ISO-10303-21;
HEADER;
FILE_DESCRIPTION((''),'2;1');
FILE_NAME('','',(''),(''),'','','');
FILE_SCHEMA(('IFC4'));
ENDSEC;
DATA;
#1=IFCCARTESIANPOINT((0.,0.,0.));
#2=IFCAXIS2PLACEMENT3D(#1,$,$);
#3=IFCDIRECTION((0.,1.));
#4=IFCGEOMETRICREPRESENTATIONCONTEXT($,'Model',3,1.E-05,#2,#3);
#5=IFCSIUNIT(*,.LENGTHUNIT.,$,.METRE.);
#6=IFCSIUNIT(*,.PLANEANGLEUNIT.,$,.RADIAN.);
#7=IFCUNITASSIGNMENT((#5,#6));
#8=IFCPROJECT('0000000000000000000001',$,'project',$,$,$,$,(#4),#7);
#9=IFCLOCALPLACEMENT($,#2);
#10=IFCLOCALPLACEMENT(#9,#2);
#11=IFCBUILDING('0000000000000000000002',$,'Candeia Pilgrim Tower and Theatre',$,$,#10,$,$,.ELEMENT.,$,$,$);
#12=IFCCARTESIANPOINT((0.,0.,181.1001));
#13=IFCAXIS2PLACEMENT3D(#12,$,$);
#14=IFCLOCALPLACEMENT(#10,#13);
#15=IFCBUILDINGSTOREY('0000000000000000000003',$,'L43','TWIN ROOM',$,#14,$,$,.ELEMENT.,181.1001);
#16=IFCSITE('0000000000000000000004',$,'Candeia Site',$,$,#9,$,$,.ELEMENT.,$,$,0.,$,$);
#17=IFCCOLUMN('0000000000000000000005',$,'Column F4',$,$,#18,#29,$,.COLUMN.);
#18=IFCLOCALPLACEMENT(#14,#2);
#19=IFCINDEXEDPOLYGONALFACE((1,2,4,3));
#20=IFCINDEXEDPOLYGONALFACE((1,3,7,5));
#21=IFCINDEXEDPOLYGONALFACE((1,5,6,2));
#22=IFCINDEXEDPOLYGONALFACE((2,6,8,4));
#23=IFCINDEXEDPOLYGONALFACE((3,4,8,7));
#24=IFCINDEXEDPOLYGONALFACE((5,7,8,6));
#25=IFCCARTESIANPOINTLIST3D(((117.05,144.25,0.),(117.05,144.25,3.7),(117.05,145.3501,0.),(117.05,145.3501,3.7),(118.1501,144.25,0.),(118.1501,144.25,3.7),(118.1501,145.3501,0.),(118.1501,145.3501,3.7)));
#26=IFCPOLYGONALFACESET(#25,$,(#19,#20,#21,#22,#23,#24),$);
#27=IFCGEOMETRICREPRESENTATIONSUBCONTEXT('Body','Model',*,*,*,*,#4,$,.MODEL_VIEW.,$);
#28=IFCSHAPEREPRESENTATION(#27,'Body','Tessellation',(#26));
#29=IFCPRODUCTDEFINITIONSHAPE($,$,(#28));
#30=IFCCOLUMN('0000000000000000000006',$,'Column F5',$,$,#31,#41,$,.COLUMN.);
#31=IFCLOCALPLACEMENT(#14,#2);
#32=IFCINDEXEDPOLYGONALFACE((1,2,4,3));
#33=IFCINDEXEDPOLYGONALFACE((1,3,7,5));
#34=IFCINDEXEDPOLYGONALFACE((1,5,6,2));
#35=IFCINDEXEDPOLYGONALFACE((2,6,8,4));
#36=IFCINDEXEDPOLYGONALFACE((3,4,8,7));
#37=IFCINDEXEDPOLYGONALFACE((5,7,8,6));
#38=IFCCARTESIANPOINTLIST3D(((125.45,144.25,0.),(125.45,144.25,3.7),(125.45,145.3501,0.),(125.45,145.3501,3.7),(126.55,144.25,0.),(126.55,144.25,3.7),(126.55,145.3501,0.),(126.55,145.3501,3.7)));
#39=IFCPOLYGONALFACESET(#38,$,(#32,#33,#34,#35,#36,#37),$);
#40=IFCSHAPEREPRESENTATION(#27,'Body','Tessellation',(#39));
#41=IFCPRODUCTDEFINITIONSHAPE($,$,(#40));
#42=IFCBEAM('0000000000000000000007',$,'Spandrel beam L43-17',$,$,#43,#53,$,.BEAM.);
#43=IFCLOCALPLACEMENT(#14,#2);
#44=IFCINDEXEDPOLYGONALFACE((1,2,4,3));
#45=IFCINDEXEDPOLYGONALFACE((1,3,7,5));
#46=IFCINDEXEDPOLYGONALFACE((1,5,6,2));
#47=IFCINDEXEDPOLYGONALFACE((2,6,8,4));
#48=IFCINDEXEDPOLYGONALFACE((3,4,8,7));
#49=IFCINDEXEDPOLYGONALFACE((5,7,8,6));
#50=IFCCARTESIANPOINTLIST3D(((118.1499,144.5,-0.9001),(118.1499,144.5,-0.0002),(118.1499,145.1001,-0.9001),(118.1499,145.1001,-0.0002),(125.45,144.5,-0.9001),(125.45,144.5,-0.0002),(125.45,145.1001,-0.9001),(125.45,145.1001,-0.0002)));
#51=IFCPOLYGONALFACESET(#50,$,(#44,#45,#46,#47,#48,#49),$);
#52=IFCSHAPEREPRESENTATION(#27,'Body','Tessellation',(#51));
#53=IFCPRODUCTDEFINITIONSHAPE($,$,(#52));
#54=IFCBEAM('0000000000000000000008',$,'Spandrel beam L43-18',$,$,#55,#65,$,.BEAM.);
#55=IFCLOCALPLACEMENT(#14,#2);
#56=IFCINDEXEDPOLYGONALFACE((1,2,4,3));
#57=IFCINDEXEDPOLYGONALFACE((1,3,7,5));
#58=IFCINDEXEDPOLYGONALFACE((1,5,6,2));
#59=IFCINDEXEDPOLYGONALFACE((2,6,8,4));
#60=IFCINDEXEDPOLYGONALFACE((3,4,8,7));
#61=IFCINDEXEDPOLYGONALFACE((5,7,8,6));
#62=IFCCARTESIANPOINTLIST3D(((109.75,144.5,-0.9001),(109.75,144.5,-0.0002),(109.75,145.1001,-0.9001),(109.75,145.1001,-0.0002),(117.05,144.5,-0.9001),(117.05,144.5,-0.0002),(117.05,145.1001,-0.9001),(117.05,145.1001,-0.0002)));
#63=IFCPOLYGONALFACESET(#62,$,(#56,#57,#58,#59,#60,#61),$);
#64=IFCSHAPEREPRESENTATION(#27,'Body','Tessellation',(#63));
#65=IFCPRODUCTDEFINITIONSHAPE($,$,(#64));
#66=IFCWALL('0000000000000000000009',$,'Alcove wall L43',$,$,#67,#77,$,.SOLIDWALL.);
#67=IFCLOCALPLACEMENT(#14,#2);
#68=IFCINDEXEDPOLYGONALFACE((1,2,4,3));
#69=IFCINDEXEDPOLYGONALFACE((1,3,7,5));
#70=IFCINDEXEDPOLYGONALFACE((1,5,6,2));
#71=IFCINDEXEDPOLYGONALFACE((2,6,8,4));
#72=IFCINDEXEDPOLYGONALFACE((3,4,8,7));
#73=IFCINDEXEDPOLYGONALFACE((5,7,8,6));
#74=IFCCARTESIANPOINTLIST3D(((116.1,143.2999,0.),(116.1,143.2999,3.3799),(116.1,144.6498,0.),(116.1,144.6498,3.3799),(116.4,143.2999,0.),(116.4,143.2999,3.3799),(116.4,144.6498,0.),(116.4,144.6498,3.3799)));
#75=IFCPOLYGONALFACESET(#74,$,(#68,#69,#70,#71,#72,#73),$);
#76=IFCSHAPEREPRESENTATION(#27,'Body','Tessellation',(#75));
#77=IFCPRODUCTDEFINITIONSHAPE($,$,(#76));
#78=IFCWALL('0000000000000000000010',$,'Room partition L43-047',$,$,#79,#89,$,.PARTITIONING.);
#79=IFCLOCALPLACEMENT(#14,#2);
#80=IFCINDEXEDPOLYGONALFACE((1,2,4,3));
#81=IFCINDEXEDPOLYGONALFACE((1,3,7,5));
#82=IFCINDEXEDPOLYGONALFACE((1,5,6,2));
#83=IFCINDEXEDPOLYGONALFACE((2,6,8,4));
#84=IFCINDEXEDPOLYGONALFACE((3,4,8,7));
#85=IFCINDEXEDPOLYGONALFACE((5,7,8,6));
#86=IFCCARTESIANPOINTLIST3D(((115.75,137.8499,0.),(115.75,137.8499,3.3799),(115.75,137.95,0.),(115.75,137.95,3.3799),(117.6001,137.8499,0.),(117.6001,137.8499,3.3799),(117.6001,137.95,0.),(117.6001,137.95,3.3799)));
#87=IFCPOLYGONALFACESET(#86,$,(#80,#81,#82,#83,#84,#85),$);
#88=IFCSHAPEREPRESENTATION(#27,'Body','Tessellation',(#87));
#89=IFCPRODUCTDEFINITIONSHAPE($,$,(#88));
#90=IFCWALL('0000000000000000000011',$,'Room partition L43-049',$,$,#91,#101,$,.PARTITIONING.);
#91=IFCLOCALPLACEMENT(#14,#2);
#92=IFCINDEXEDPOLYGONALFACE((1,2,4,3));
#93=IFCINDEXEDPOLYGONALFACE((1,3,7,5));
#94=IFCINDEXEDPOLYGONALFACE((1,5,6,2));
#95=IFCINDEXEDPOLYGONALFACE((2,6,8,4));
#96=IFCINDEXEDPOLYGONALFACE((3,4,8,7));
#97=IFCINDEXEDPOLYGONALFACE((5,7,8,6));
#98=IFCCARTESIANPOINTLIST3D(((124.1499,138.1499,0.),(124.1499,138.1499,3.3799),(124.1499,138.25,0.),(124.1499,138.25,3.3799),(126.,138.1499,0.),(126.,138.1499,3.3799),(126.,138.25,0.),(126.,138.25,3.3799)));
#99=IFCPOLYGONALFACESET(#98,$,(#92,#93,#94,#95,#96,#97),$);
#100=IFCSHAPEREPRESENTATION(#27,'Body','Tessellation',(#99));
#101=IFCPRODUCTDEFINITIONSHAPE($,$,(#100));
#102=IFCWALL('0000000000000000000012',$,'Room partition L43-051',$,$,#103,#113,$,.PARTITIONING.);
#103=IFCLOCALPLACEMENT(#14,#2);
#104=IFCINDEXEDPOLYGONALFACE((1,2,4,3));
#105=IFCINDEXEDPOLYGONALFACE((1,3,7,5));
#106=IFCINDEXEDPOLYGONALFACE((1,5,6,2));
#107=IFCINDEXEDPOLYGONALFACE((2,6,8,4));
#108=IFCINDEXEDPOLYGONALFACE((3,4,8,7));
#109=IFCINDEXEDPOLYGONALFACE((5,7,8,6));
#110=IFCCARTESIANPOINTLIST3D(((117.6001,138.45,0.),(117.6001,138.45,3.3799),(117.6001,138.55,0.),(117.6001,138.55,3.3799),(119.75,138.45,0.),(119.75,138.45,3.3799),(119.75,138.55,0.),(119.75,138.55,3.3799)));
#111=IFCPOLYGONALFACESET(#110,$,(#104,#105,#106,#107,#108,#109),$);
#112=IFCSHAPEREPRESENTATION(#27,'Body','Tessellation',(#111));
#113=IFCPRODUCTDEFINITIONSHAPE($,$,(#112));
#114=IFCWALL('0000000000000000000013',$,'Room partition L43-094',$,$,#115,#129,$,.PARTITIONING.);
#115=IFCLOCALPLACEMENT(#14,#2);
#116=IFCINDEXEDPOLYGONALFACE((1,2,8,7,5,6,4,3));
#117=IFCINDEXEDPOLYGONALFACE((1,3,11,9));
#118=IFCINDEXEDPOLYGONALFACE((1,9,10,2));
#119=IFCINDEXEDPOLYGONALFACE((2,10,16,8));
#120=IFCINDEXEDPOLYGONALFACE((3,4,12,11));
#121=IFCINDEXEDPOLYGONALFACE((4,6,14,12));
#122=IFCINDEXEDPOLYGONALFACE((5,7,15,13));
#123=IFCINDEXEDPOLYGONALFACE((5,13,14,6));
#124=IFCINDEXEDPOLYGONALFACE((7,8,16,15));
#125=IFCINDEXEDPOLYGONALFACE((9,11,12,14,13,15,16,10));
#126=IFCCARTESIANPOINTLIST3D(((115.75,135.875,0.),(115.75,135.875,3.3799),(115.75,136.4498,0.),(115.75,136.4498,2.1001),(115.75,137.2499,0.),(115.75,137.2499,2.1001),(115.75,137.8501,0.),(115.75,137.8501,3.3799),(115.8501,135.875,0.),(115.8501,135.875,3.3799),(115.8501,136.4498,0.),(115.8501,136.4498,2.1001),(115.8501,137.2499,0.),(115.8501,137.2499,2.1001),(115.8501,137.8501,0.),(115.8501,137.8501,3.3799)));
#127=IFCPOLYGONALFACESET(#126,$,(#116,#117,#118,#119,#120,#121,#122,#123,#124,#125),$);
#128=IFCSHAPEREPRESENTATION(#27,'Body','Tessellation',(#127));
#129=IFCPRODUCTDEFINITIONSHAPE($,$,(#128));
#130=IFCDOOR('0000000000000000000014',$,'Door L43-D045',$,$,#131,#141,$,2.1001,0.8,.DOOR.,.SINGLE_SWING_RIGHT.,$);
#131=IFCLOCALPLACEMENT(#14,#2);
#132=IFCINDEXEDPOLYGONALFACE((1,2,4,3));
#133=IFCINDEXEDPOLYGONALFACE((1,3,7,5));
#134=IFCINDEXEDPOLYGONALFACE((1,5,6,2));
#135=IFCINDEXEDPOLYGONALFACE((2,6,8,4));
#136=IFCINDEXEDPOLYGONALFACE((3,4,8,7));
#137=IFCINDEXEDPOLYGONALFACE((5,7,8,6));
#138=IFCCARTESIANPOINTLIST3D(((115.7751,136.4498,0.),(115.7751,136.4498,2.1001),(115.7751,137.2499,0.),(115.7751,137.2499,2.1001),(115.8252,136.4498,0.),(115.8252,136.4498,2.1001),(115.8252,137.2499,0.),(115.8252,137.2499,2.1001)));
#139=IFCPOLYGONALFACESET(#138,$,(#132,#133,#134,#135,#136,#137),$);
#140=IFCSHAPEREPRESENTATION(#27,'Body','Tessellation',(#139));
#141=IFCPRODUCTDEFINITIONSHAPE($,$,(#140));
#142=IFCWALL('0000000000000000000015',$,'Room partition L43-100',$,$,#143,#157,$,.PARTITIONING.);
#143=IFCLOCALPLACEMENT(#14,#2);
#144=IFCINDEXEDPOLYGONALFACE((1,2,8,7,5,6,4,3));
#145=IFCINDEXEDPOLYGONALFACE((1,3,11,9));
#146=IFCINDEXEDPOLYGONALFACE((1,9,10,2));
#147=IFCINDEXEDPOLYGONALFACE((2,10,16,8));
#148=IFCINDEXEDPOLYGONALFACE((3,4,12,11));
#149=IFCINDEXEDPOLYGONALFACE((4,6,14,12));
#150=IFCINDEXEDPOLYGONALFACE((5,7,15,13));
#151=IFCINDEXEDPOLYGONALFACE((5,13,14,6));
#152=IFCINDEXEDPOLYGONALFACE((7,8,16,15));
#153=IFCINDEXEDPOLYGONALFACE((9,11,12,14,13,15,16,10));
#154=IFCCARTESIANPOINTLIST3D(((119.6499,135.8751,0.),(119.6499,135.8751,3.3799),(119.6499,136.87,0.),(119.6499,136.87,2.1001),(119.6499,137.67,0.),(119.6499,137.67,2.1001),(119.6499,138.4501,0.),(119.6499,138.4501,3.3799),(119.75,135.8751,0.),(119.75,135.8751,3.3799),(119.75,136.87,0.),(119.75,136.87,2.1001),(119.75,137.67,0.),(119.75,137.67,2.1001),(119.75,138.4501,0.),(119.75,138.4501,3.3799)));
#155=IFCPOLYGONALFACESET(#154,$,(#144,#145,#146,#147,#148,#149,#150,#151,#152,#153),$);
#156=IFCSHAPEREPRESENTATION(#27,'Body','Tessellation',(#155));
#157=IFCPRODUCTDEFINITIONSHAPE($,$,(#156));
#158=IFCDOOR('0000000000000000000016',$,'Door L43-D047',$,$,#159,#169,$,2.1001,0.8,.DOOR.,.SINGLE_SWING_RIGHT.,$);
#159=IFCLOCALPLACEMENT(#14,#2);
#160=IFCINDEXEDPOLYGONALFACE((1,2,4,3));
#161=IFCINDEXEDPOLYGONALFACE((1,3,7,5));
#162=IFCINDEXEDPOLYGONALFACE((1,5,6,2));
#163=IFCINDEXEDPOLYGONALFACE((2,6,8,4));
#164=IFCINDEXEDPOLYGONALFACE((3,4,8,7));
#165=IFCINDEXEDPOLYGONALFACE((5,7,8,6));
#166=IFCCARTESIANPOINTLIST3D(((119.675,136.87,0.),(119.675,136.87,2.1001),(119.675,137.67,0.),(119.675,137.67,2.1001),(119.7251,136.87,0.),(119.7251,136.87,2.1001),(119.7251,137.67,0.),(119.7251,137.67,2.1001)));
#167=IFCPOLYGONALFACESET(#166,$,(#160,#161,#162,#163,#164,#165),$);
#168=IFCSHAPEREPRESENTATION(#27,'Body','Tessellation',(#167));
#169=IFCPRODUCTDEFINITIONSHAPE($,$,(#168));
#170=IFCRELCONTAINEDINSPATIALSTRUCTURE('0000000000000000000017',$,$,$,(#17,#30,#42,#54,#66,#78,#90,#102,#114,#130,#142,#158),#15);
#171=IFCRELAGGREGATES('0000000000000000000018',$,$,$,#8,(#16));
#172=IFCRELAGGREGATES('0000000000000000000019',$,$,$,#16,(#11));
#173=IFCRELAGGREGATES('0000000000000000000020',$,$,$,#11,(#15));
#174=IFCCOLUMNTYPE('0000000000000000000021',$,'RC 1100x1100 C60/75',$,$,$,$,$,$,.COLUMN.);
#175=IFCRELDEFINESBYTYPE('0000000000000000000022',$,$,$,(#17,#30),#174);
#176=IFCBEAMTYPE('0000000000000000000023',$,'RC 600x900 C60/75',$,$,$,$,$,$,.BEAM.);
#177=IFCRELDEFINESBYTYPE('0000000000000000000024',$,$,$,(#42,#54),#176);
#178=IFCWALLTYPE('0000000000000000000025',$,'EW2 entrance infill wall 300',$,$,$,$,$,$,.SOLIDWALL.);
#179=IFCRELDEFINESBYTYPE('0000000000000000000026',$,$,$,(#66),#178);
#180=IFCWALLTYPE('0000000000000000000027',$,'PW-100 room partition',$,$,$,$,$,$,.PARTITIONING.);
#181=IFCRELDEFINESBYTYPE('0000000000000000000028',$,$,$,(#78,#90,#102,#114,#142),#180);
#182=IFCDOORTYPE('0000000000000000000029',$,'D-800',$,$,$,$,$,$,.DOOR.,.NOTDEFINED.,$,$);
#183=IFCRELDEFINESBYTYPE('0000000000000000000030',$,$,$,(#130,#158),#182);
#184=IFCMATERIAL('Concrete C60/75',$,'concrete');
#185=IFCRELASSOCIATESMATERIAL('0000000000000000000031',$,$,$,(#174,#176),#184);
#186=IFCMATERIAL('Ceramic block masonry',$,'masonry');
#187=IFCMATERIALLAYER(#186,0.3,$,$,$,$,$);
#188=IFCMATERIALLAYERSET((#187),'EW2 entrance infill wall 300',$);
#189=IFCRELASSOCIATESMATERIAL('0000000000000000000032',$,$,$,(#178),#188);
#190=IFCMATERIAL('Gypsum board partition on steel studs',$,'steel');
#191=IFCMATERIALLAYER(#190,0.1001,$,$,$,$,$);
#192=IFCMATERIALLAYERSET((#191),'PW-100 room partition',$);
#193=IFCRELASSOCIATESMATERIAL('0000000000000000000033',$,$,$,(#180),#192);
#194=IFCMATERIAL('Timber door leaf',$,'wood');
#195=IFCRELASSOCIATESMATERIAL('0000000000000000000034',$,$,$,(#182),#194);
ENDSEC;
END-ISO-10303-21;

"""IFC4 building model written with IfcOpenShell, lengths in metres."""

from ifc_helpers import new_model, si_unit, direction, frame, frame_2d, origin, origin_2d, place, context, subcontext, project, spatial, rectangle, extrude, material, layer, layer_set, material_profile, profile_set, type_object, element, fill, save


model = new_model("IFC4")

# Units and contexts
model_context = context("Model", 3, precision=1e-05, world=origin(), true_north=direction((0.0, 1.0)))
body_context = subcontext(model_context, "Body", "Model", "MODEL_VIEW")
ifc_project = project(units=[si_unit("LENGTHUNIT", "METRE"), si_unit("PLANEANGLEUNIT", "RADIAN")], contexts=[model_context])

# Site, building, storey
site_placement = place(None, origin())
site = spatial("IfcSite", under=ifc_project, at=site_placement, Name="Candeia Site", CompositionType="ELEMENT", RefElevation=0.0)
building_placement = place(site_placement, origin())
building = spatial("IfcBuilding", under=site, at=building_placement, Name="Candeia Pilgrim Tower and Theatre", CompositionType="ELEMENT")
storey_placement = place(building_placement, frame((0.0, 0.0, 181.1001)))
storey = spatial("IfcBuildingStorey", under=building, at=storey_placement, Name="L43", Description="TWIN ROOM", CompositionType="ELEMENT", Elevation=181.1001)

# Columns
ifc_material_1 = material(Name="Concrete C60/75", Category="concrete")
ifc_material_profile_1 = material_profile(ifc_material_1, rectangle(XDim=1.1001, YDim=1.1001, at=origin_2d()))
ifc_profile_set_1 = profile_set([ifc_material_profile_1], Name="Concrete C60/75")
column_type = type_object("IfcColumnType", Name="RC 1100x1100 C60/75", PredefinedType="COLUMN", material=ifc_profile_set_1)
for number, where, z_axis, x_axis, name in (
    (1, (117.6001, 144.8, 0.0), (0.0, 0.0, 1.0), (1.0, 0.0, 0.0), "Column F4"),
    (2, (126.0, 144.8, 0.0), (0.0, 0.0, 1.0), (1.0, 0.0, 0.0), "Column F5"),
):
    element("IfcColumn", number, at=place(storey_placement, frame(where, z_axis=z_axis, x_axis=x_axis)), inside=storey, type_object=column_type, Name=name, PredefinedType="COLUMN", context=body_context, shape_type="SweptSolid", body=[
        extrude(rectangle(XDim=1.1001, YDim=1.1001, at=origin_2d()), origin(), (0.0, 0.0, 1.0), 3.7),
    ])

# Beams
ifc_material_profile_2 = material_profile(ifc_material_1, rectangle(XDim=0.6001, YDim=0.8999, at=origin_2d()))
ifc_profile_set_2 = profile_set([ifc_material_profile_2], Name="Concrete C60/75")
beam_type = type_object("IfcBeamType", Name="RC 600x900 C60/75", PredefinedType="BEAM", material=ifc_profile_set_2)
for number, where, z_axis, x_axis, name in (
    (3, (125.45, 144.8, -0.4502), (-1.0, 0.0, 0.0), (0.0, -1.0, 0.0), "Spandrel beam L43-17"),
    (4, (117.05, 144.8, -0.4502), (-1.0, 0.0, 0.0), (0.0, -1.0, 0.0), "Spandrel beam L43-18"),
):
    element("IfcBeam", number, at=place(storey_placement, frame(where, z_axis=z_axis, x_axis=x_axis)), inside=storey, type_object=beam_type, Name=name, PredefinedType="BEAM", context=body_context, shape_type="SweptSolid", body=[
        extrude(rectangle(XDim=0.6001, YDim=0.8999, at=origin_2d()), origin(), (0.0, 0.0, 1.0), 7.3),
    ])

# Wall
ifc_material_2 = material(Name="Ceramic block masonry", Category="masonry")
ifc_layer_1 = layer(ifc_material_2, 0.3)
ifc_layer_set_1 = layer_set([ifc_layer_1], Name="EW2 entrance infill wall 300")
wall_type_1 = type_object("IfcWallType", Name="EW2 entrance infill wall 300", PredefinedType="SOLIDWALL", material=ifc_layer_set_1)
wall_1_placement = place(storey_placement, frame((116.25, 143.3, 0.0), z_axis=(0.0, 0.0, 1.0), x_axis=(0.0, 1.0, 0.0)))
element("IfcWall", 5, at=wall_1_placement, inside=storey, type_object=wall_type_1, Name="Alcove wall L43", PredefinedType="SOLIDWALL", context=body_context, shape_type="SweptSolid", body=[
    extrude(rectangle(XDim=1.3499, YDim=0.3, at=frame_2d((0.6748, 0.0))), origin(), (0.0, 0.0, 1.0), 3.3799),
])

# Walls
ifc_material_3 = material(Name="Gypsum board partition on steel studs", Category="steel")
ifc_layer_2 = layer(ifc_material_3, 0.1001)
ifc_layer_set_2 = layer_set([ifc_layer_2], Name="PW-100 room partition")
wall_type_2 = type_object("IfcWallType", Name="PW-100 room partition", PredefinedType="PARTITIONING", material=ifc_layer_set_2)
for number, where, z_axis, x_axis, name in (
    (6, (115.75, 137.8999, 0.0), (0.0, 0.0, 1.0), (1.0, 0.0, 0.0), "Room partition L43-047"),
    (7, (124.1499, 138.2, 0.0), (0.0, 0.0, 1.0), (1.0, 0.0, 0.0), "Room partition L43-049"),
):
    element("IfcWall", number, at=place(storey_placement, frame(where, z_axis=z_axis, x_axis=x_axis)), inside=storey, type_object=wall_type_2, Name=name, PredefinedType="PARTITIONING", context=body_context, shape_type="SweptSolid", body=[
        extrude(rectangle(XDim=1.8501, YDim=0.1001, at=frame_2d((0.925, 0.0))), origin(), (0.0, 0.0, 1.0), 3.3799),
    ])
wall_2_placement = place(storey_placement, frame((117.6001, 138.5, 0.0), z_axis=(0.0, 0.0, 1.0), x_axis=(1.0, 0.0, 0.0)))
element("IfcWall", 8, at=wall_2_placement, inside=storey, type_object=wall_type_2, Name="Room partition L43-051", PredefinedType="PARTITIONING", context=body_context, shape_type="SweptSolid", body=[
    extrude(rectangle(XDim=2.1499, YDim=0.1001, at=frame_2d((1.075, 0.0))), origin(), (0.0, 0.0, 1.0), 3.3799),
])

# Walls, openings, doors
wall_3_placement = place(storey_placement, frame((115.8, 135.875, 0.0), z_axis=(0.0, 0.0, 1.0), x_axis=(0.0, 1.0, 0.0)))
wall_3 = element("IfcWall", 9, at=wall_3_placement, inside=storey, type_object=wall_type_2, Name="Room partition L43-094", PredefinedType="PARTITIONING", context=body_context, shape_type="SweptSolid", body=[
    extrude(rectangle(XDim=1.9751, YDim=0.1001, at=frame_2d((0.9875, 0.0))), origin(), (0.0, 0.0, 1.0), 3.3799),
])
opening_1_placement = place(wall_3_placement, frame((0.575, 0.0, 0.0)))
opening_1 = element("IfcOpeningElement", 10, at=opening_1_placement, cuts=wall_3, PredefinedType="OPENING", context=body_context, shape_type="SweptSolid", body=[
    extrude(rectangle(XDim=0.8, YDim=2.1001, at=frame_2d((0.3999, 1.05))), frame((0.0, 0.0601, 0.0), z_axis=(0.0, -1.0, 0.0), x_axis=(1.0, 0.0, 0.0)), (0.0, 0.0, 1.0), 0.1201),
])
ifc_material_4 = material(Name="Timber door leaf", Category="wood")
door_type_1 = type_object("IfcDoorType", Name="D-800", OperationType="NOTDEFINED", PredefinedType="DOOR", material=ifc_material_4)
door_1_placement = place(opening_1_placement, origin())
door_1 = element("IfcDoor", 11, at=door_1_placement, inside=storey, type_object=door_type_1, Name="Door L43-D045", OperationType="SINGLE_SWING_RIGHT", OverallHeight=2.1001, OverallWidth=0.8, PredefinedType="DOOR", context=body_context, shape_type="SweptSolid", body=[
    extrude(rectangle(XDim=0.8, YDim=2.1001, at=frame_2d((0.3999, 1.05))), frame((0.0, 0.0249, 0.0), z_axis=(0.0, -1.0, 0.0), x_axis=(1.0, 0.0, 0.0)), (0.0, 0.0, 1.0), 0.05),
])
fill(opening_1, door_1)
wall_4_placement = place(storey_placement, frame((119.7, 135.875, 0.0), z_axis=(0.0, 0.0, 1.0), x_axis=(0.0, 1.0, 0.0)))
wall_4 = element("IfcWall", 12, at=wall_4_placement, inside=storey, type_object=wall_type_2, Name="Room partition L43-100", PredefinedType="PARTITIONING", context=body_context, shape_type="SweptSolid", body=[
    extrude(rectangle(XDim=2.575, YDim=0.1001, at=frame_2d((1.2876, 0.0))), origin(), (0.0, 0.0, 1.0), 3.3799),
])
opening_2_placement = place(wall_4_placement, frame((0.9951, 0.0, 0.0)))
opening_2 = element("IfcOpeningElement", 13, at=opening_2_placement, cuts=wall_4, PredefinedType="OPENING", context=body_context, shape_type="SweptSolid", body=[
    extrude(rectangle(XDim=0.8, YDim=2.1001, at=frame_2d((0.3999, 1.05))), frame((0.0, 0.0601, 0.0), z_axis=(0.0, -1.0, 0.0), x_axis=(1.0, 0.0, 0.0)), (0.0, 0.0, 1.0), 0.1201),
])
door_2_placement = place(opening_2_placement, origin())
door_2 = element("IfcDoor", 14, at=door_2_placement, inside=storey, type_object=door_type_1, Name="Door L43-D047", OperationType="SINGLE_SWING_RIGHT", OverallHeight=2.1001, OverallWidth=0.8, PredefinedType="DOOR", context=body_context, shape_type="SweptSolid", body=[
    extrude(rectangle(XDim=0.8, YDim=2.1001, at=frame_2d((0.3999, 1.05))), frame((0.0, 0.0249, 0.0), z_axis=(0.0, -1.0, 0.0), x_axis=(1.0, 0.0, 0.0)), (0.0, 0.0, 1.0), 0.05),
])
fill(opening_2, door_2)

save(model, "model.ifc")
